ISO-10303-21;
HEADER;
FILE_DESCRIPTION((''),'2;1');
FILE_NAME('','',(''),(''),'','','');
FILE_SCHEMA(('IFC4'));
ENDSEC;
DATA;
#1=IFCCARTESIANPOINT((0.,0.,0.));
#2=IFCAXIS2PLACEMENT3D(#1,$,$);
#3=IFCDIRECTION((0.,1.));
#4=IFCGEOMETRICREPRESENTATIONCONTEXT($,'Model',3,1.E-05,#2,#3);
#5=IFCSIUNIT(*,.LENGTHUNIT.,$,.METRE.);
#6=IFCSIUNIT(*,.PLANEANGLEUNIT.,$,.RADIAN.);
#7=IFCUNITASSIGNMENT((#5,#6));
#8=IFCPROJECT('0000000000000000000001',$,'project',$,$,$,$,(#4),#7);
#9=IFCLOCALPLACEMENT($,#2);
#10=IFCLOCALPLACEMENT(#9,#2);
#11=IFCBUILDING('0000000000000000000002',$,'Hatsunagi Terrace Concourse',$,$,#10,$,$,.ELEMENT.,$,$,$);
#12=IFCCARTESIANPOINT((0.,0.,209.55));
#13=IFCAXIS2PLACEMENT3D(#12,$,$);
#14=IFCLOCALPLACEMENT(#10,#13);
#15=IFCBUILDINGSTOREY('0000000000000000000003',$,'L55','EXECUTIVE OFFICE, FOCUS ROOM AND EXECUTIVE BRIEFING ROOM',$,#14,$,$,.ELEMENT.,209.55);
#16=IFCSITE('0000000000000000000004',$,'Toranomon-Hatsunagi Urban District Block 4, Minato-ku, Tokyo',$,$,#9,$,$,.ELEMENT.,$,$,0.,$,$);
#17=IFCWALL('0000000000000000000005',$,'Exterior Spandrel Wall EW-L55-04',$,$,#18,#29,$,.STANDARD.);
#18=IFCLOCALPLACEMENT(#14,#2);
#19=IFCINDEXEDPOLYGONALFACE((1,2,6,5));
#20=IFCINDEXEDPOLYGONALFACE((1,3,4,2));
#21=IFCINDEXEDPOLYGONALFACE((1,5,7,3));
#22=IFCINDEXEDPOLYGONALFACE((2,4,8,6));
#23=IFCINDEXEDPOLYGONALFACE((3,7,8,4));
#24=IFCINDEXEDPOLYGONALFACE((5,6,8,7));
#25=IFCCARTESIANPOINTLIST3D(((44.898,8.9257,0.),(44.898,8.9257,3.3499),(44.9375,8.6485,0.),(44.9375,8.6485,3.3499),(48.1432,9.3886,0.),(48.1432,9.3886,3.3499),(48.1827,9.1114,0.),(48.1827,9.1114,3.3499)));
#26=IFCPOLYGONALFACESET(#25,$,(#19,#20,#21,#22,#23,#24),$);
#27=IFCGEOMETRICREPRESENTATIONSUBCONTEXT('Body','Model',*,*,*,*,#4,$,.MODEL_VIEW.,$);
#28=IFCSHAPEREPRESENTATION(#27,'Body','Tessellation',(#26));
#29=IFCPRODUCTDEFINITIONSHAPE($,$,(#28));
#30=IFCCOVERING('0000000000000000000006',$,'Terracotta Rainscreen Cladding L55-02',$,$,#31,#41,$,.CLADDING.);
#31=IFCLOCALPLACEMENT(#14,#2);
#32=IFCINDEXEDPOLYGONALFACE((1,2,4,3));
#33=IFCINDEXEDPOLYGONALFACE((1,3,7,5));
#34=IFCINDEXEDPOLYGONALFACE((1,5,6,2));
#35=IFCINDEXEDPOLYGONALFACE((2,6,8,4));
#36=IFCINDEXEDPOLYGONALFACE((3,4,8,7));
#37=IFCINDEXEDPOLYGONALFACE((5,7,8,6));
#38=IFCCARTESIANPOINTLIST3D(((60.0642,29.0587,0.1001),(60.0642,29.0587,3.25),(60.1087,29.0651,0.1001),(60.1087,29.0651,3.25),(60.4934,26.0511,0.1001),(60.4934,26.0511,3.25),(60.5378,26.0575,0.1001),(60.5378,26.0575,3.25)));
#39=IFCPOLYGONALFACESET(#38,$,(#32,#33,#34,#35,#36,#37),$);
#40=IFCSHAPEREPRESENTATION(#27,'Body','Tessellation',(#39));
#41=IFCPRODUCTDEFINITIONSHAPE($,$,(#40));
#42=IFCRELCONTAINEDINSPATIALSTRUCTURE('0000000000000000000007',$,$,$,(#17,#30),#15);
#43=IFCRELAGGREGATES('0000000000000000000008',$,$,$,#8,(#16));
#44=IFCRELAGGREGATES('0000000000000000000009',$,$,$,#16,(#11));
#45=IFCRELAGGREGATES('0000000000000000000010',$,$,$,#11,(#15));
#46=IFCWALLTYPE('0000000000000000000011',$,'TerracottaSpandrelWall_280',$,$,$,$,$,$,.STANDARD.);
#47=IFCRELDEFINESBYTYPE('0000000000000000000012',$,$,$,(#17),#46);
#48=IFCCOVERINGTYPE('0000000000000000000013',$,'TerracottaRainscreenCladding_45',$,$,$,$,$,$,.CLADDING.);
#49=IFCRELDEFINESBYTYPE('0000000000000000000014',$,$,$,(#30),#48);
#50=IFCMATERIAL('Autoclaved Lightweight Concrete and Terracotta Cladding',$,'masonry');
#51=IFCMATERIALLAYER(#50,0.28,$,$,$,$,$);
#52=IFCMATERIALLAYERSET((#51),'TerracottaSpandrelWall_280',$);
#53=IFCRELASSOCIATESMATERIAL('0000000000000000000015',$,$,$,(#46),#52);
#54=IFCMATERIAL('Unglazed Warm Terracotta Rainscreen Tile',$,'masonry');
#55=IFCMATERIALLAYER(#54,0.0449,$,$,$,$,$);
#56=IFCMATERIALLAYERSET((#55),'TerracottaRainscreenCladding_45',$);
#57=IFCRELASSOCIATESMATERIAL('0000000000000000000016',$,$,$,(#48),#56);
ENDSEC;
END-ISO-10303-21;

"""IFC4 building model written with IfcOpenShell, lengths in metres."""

from ifc_helpers import new_model, si_unit, direction, frame, frame_2d, origin, origin_2d, place, context, subcontext, project, spatial, rectangle, extrude, material, layer, layer_set, type_object, element, save


model = new_model("IFC4")

# Units and contexts
model_context = context("Model", 3, precision=1e-05, world=origin(), true_north=direction((0.0, 1.0)))
body_context = subcontext(model_context, "Body", "Model", "MODEL_VIEW")
ifc_project = project(units=[si_unit("LENGTHUNIT", "METRE"), si_unit("PLANEANGLEUNIT", "RADIAN")], contexts=[model_context])

# Site, building, storey
site_placement = place(None, origin())
site = spatial("IfcSite", under=ifc_project, at=site_placement, Name="Toranomon-Hatsunagi Urban District Block 4, Minato-ku, Tokyo", CompositionType="ELEMENT", RefElevation=0.0)
building_placement = place(site_placement, origin())
building = spatial("IfcBuilding", under=site, at=building_placement, Name="Hatsunagi Terrace Concourse", CompositionType="ELEMENT")
storey_placement = place(building_placement, frame((0.0, 0.0, 209.55)))
storey = spatial("IfcBuildingStorey", under=building, at=storey_placement, Name="L55", Description="EXECUTIVE OFFICE, FOCUS ROOM AND EXECUTIVE BRIEFING ROOM", CompositionType="ELEMENT", Elevation=209.55)

# Wall
ifc_material_1 = material(Name="Autoclaved Lightweight Concrete and Terracotta Cladding", Category="masonry")
ifc_layer_1 = layer(ifc_material_1, 0.28)
ifc_layer_set_1 = layer_set([ifc_layer_1], Name="TerracottaSpandrelWall_280")
wall_type_1 = type_object("IfcWallType", Name="TerracottaSpandrelWall_280", PredefinedType="STANDARD", material=ifc_layer_set_1)
wall_1_placement = place(storey_placement, frame((48.1631, 9.25, 0.0), z_axis=(0.0, 0.0, 1.0), x_axis=(-0.989979, -0.141213, 0.0)))
element("IfcWall", 1, at=wall_1_placement, inside=storey, type_object=wall_type_1, Name="Exterior Spandrel Wall EW-L55-04", PredefinedType="STANDARD", context=body_context, shape_type="SweptSolid", body=[
    extrude(rectangle(XDim=3.2781, YDim=0.28, at=frame_2d((1.6392, 0.0))), origin(), (0.0, 0.0, 1.0), 3.3499),
])

# Covering
ifc_material_2 = material(Name="Unglazed Warm Terracotta Rainscreen Tile", Category="masonry")
ifc_layer_2 = layer(ifc_material_2, 0.0449)
ifc_layer_set_2 = layer_set([ifc_layer_2], Name="TerracottaRainscreenCladding_45")
covering_type = type_object("IfcCoveringType", Name="TerracottaRainscreenCladding_45", PredefinedType="CLADDING", material=ifc_layer_set_2)
covering_placement = place(storey_placement, frame((60.301, 27.5581, 0.1001), z_axis=(0.0, 0.0, 1.0), x_axis=(0.14125, -0.989974, 0.0)))
element("IfcCovering", 2, at=covering_placement, inside=storey, type_object=covering_type, Name="Terracotta Rainscreen Cladding L55-02", PredefinedType="CLADDING", context=body_context, shape_type="SweptSolid", body=[
    extrude(rectangle(XDim=3.0381, YDim=0.0449, at=origin_2d()), origin(), (0.0, 0.0, 1.0), 3.1499),
])

save(model, "model.ifc")
